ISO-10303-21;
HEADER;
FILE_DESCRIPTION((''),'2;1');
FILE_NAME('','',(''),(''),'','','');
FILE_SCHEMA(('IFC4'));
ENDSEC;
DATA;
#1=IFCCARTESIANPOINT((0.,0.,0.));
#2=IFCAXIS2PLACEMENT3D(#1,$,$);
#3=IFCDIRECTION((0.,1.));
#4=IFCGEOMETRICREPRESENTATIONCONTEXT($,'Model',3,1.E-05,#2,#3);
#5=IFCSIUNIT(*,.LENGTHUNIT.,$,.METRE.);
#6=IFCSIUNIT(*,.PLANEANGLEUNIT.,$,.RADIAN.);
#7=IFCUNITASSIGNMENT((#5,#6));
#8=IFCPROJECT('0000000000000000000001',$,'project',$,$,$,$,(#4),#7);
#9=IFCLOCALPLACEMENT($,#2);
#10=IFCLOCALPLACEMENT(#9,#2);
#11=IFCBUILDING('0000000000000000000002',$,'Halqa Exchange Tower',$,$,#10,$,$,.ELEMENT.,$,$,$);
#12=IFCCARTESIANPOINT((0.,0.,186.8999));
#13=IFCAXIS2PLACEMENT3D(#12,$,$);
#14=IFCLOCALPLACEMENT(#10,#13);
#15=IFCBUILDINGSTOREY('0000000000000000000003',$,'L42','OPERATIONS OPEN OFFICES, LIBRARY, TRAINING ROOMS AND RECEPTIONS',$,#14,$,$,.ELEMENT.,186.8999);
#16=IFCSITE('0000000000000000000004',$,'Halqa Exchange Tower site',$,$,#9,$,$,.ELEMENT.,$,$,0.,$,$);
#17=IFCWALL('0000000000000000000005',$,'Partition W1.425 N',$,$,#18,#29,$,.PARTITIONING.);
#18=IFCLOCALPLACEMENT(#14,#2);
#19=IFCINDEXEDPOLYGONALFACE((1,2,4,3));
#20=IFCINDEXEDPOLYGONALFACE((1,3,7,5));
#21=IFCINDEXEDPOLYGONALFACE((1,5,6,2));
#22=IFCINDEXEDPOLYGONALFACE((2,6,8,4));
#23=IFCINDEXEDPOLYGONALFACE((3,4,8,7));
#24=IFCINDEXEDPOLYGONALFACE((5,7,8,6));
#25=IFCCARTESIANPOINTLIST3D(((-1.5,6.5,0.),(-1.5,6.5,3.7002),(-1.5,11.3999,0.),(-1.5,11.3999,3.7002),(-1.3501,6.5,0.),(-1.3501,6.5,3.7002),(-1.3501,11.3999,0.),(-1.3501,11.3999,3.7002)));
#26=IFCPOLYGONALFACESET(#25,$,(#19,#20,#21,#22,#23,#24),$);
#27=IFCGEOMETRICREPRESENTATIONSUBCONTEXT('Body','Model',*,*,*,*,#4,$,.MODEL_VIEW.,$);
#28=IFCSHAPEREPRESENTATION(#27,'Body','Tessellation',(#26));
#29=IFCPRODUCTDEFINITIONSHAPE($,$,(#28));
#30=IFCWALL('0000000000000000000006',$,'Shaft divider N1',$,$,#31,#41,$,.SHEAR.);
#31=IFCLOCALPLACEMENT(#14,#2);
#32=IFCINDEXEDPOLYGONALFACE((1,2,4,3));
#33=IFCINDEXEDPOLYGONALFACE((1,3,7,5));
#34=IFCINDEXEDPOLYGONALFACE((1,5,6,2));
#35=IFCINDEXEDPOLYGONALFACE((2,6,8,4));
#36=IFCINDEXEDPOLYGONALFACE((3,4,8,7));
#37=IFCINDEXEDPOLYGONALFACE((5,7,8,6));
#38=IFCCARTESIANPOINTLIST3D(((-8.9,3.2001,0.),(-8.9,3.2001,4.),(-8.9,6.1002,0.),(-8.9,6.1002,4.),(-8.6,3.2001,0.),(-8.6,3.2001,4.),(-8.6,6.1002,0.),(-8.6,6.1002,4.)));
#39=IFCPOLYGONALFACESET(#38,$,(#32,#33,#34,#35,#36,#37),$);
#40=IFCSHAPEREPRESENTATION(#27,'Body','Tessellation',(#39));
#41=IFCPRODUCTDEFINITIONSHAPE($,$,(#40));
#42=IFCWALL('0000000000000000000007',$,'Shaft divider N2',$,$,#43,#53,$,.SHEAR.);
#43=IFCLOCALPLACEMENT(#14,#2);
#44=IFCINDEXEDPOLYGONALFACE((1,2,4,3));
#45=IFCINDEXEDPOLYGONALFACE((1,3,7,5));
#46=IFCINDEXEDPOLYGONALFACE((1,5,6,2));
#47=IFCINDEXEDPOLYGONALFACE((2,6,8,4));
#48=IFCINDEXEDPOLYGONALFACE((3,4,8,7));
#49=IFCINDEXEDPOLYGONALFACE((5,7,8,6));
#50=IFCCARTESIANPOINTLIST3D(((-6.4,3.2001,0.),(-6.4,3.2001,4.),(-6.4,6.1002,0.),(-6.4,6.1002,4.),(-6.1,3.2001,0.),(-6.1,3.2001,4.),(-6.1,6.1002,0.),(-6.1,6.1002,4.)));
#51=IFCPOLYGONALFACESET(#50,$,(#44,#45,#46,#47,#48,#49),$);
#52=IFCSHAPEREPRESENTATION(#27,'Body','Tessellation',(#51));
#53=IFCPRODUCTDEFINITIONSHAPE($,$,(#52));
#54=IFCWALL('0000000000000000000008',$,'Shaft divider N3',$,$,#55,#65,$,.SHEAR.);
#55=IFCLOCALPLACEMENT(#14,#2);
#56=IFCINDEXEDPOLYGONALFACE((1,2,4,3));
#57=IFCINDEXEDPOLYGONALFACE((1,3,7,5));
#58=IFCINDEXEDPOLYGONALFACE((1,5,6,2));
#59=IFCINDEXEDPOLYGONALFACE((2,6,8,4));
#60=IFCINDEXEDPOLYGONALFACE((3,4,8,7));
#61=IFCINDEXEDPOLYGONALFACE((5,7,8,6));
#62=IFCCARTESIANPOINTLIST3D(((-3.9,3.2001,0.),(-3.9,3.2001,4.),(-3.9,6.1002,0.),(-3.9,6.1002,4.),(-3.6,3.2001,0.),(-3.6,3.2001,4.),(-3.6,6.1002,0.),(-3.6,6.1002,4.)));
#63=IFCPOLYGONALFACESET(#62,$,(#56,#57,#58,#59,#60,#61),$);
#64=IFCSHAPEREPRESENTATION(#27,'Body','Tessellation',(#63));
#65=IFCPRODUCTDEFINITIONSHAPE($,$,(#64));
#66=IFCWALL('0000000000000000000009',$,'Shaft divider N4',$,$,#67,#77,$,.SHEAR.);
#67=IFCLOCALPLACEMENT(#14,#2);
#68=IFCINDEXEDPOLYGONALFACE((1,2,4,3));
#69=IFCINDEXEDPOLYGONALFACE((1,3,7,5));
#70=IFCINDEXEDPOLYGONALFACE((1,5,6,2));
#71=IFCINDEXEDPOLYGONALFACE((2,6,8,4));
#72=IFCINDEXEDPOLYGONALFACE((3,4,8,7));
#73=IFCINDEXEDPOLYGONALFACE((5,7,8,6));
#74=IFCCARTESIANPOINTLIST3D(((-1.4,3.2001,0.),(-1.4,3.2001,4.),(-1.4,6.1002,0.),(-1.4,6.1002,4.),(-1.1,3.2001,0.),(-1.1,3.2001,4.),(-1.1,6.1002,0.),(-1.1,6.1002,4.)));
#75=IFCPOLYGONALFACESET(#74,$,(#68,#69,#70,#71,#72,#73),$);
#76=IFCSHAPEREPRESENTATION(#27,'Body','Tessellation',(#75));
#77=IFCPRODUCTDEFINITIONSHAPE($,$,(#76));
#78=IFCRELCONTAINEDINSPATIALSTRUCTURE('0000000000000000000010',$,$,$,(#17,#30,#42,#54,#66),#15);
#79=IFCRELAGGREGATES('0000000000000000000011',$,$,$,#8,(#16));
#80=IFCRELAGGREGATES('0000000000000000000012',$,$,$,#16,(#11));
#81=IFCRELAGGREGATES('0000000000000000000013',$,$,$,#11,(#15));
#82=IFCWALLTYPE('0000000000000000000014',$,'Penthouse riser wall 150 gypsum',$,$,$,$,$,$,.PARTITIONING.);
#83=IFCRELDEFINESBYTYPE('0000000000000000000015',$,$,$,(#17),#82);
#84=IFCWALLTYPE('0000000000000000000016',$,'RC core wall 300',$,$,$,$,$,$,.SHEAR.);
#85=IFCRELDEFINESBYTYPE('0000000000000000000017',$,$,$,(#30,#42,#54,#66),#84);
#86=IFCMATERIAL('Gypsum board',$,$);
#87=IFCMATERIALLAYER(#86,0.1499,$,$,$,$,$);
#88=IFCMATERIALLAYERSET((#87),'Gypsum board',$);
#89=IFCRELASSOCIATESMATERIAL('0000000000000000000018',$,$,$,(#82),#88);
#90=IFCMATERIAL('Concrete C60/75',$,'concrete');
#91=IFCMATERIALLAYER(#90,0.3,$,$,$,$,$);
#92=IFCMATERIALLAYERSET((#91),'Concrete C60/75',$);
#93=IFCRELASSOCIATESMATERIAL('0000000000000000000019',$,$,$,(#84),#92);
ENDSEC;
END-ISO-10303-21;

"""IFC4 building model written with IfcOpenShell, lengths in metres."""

from ifc_helpers import new_model, si_unit, direction, frame, frame_2d, origin, place, context, subcontext, project, spatial, rectangle, extrude, material, layer, layer_set, type_object, element, save


model = new_model("IFC4")

# Units and contexts
model_context = context("Model", 3, precision=1e-05, world=origin(), true_north=direction((0.0, 1.0)))
body_context = subcontext(model_context, "Body", "Model", "MODEL_VIEW")
ifc_project = project(units=[si_unit("LENGTHUNIT", "METRE"), si_unit("PLANEANGLEUNIT", "RADIAN")], contexts=[model_context])

# Site, building, storey
site_placement = place(None, origin())
site = spatial("IfcSite", under=ifc_project, at=site_placement, Name="Halqa Exchange Tower site", CompositionType="ELEMENT", RefElevation=0.0)
building_placement = place(site_placement, origin())
building = spatial("IfcBuilding", under=site, at=building_placement, Name="Halqa Exchange Tower", CompositionType="ELEMENT")
storey_placement = place(building_placement, frame((0.0, 0.0, 186.8999)))
storey = spatial("IfcBuildingStorey", under=building, at=storey_placement, Name="L42", Description="OPERATIONS OPEN OFFICES, LIBRARY, TRAINING ROOMS AND RECEPTIONS", CompositionType="ELEMENT", Elevation=186.8999)

# Walls
ifc_material_1 = material(Name="Gypsum board")
ifc_layer_1 = layer(ifc_material_1, 0.1499)
ifc_layer_set_1 = layer_set([ifc_layer_1], Name="Gypsum board")
wall_type_1 = type_object("IfcWallType", Name="Penthouse riser wall 150 gypsum", PredefinedType="PARTITIONING", material=ifc_layer_set_1)
wall_1_placement = place(storey_placement, frame((-1.425, 6.5, 0.0), z_axis=(0.0, 0.0, 1.0), x_axis=(0.0, 1.0, 0.0)))
element("IfcWall", 1, at=wall_1_placement, inside=storey, type_object=wall_type_1, Name="Partition W1.425 N", PredefinedType="PARTITIONING", context=body_context, shape_type="SweptSolid", body=[
    extrude(rectangle(XDim=4.8999, YDim=0.1499, at=frame_2d((2.45, 0.0))), origin(), (0.0, 0.0, 1.0), 3.7002),
])
ifc_material_2 = material(Name="Concrete C60/75", Category="concrete")
ifc_layer_2 = layer(ifc_material_2, 0.3)
ifc_layer_set_2 = layer_set([ifc_layer_2], Name="Concrete C60/75")
wall_type_2 = type_object("IfcWallType", Name="RC core wall 300", PredefinedType="SHEAR", material=ifc_layer_set_2)
for number, where, z_axis, x_axis, name in (
    (2, (-8.75, 3.2, 0.0), (0.0, 0.0, 1.0), (0.0, 1.0, 0.0), "Shaft divider N1"),
    (3, (-6.25, 3.2, 0.0), (0.0, 0.0, 1.0), (0.0, 1.0, 0.0), "Shaft divider N2"),
    (4, (-3.75, 3.2, 0.0), (0.0, 0.0, 1.0), (0.0, 1.0, 0.0), "Shaft divider N3"),
    (5, (-1.25, 3.2, 0.0), (0.0, 0.0, 1.0), (0.0, 1.0, 0.0), "Shaft divider N4"),
):
    element("IfcWall", number, at=place(storey_placement, frame(where, z_axis=z_axis, x_axis=x_axis)), inside=storey, type_object=wall_type_2, Name=name, PredefinedType="SHEAR", context=body_context, shape_type="SweptSolid", body=[
        extrude(rectangle(XDim=2.9001, YDim=0.3, at=frame_2d((1.4502, 0.0))), origin(), (0.0, 0.0, 1.0), 4.0),
    ])

save(model, "model.ifc")
